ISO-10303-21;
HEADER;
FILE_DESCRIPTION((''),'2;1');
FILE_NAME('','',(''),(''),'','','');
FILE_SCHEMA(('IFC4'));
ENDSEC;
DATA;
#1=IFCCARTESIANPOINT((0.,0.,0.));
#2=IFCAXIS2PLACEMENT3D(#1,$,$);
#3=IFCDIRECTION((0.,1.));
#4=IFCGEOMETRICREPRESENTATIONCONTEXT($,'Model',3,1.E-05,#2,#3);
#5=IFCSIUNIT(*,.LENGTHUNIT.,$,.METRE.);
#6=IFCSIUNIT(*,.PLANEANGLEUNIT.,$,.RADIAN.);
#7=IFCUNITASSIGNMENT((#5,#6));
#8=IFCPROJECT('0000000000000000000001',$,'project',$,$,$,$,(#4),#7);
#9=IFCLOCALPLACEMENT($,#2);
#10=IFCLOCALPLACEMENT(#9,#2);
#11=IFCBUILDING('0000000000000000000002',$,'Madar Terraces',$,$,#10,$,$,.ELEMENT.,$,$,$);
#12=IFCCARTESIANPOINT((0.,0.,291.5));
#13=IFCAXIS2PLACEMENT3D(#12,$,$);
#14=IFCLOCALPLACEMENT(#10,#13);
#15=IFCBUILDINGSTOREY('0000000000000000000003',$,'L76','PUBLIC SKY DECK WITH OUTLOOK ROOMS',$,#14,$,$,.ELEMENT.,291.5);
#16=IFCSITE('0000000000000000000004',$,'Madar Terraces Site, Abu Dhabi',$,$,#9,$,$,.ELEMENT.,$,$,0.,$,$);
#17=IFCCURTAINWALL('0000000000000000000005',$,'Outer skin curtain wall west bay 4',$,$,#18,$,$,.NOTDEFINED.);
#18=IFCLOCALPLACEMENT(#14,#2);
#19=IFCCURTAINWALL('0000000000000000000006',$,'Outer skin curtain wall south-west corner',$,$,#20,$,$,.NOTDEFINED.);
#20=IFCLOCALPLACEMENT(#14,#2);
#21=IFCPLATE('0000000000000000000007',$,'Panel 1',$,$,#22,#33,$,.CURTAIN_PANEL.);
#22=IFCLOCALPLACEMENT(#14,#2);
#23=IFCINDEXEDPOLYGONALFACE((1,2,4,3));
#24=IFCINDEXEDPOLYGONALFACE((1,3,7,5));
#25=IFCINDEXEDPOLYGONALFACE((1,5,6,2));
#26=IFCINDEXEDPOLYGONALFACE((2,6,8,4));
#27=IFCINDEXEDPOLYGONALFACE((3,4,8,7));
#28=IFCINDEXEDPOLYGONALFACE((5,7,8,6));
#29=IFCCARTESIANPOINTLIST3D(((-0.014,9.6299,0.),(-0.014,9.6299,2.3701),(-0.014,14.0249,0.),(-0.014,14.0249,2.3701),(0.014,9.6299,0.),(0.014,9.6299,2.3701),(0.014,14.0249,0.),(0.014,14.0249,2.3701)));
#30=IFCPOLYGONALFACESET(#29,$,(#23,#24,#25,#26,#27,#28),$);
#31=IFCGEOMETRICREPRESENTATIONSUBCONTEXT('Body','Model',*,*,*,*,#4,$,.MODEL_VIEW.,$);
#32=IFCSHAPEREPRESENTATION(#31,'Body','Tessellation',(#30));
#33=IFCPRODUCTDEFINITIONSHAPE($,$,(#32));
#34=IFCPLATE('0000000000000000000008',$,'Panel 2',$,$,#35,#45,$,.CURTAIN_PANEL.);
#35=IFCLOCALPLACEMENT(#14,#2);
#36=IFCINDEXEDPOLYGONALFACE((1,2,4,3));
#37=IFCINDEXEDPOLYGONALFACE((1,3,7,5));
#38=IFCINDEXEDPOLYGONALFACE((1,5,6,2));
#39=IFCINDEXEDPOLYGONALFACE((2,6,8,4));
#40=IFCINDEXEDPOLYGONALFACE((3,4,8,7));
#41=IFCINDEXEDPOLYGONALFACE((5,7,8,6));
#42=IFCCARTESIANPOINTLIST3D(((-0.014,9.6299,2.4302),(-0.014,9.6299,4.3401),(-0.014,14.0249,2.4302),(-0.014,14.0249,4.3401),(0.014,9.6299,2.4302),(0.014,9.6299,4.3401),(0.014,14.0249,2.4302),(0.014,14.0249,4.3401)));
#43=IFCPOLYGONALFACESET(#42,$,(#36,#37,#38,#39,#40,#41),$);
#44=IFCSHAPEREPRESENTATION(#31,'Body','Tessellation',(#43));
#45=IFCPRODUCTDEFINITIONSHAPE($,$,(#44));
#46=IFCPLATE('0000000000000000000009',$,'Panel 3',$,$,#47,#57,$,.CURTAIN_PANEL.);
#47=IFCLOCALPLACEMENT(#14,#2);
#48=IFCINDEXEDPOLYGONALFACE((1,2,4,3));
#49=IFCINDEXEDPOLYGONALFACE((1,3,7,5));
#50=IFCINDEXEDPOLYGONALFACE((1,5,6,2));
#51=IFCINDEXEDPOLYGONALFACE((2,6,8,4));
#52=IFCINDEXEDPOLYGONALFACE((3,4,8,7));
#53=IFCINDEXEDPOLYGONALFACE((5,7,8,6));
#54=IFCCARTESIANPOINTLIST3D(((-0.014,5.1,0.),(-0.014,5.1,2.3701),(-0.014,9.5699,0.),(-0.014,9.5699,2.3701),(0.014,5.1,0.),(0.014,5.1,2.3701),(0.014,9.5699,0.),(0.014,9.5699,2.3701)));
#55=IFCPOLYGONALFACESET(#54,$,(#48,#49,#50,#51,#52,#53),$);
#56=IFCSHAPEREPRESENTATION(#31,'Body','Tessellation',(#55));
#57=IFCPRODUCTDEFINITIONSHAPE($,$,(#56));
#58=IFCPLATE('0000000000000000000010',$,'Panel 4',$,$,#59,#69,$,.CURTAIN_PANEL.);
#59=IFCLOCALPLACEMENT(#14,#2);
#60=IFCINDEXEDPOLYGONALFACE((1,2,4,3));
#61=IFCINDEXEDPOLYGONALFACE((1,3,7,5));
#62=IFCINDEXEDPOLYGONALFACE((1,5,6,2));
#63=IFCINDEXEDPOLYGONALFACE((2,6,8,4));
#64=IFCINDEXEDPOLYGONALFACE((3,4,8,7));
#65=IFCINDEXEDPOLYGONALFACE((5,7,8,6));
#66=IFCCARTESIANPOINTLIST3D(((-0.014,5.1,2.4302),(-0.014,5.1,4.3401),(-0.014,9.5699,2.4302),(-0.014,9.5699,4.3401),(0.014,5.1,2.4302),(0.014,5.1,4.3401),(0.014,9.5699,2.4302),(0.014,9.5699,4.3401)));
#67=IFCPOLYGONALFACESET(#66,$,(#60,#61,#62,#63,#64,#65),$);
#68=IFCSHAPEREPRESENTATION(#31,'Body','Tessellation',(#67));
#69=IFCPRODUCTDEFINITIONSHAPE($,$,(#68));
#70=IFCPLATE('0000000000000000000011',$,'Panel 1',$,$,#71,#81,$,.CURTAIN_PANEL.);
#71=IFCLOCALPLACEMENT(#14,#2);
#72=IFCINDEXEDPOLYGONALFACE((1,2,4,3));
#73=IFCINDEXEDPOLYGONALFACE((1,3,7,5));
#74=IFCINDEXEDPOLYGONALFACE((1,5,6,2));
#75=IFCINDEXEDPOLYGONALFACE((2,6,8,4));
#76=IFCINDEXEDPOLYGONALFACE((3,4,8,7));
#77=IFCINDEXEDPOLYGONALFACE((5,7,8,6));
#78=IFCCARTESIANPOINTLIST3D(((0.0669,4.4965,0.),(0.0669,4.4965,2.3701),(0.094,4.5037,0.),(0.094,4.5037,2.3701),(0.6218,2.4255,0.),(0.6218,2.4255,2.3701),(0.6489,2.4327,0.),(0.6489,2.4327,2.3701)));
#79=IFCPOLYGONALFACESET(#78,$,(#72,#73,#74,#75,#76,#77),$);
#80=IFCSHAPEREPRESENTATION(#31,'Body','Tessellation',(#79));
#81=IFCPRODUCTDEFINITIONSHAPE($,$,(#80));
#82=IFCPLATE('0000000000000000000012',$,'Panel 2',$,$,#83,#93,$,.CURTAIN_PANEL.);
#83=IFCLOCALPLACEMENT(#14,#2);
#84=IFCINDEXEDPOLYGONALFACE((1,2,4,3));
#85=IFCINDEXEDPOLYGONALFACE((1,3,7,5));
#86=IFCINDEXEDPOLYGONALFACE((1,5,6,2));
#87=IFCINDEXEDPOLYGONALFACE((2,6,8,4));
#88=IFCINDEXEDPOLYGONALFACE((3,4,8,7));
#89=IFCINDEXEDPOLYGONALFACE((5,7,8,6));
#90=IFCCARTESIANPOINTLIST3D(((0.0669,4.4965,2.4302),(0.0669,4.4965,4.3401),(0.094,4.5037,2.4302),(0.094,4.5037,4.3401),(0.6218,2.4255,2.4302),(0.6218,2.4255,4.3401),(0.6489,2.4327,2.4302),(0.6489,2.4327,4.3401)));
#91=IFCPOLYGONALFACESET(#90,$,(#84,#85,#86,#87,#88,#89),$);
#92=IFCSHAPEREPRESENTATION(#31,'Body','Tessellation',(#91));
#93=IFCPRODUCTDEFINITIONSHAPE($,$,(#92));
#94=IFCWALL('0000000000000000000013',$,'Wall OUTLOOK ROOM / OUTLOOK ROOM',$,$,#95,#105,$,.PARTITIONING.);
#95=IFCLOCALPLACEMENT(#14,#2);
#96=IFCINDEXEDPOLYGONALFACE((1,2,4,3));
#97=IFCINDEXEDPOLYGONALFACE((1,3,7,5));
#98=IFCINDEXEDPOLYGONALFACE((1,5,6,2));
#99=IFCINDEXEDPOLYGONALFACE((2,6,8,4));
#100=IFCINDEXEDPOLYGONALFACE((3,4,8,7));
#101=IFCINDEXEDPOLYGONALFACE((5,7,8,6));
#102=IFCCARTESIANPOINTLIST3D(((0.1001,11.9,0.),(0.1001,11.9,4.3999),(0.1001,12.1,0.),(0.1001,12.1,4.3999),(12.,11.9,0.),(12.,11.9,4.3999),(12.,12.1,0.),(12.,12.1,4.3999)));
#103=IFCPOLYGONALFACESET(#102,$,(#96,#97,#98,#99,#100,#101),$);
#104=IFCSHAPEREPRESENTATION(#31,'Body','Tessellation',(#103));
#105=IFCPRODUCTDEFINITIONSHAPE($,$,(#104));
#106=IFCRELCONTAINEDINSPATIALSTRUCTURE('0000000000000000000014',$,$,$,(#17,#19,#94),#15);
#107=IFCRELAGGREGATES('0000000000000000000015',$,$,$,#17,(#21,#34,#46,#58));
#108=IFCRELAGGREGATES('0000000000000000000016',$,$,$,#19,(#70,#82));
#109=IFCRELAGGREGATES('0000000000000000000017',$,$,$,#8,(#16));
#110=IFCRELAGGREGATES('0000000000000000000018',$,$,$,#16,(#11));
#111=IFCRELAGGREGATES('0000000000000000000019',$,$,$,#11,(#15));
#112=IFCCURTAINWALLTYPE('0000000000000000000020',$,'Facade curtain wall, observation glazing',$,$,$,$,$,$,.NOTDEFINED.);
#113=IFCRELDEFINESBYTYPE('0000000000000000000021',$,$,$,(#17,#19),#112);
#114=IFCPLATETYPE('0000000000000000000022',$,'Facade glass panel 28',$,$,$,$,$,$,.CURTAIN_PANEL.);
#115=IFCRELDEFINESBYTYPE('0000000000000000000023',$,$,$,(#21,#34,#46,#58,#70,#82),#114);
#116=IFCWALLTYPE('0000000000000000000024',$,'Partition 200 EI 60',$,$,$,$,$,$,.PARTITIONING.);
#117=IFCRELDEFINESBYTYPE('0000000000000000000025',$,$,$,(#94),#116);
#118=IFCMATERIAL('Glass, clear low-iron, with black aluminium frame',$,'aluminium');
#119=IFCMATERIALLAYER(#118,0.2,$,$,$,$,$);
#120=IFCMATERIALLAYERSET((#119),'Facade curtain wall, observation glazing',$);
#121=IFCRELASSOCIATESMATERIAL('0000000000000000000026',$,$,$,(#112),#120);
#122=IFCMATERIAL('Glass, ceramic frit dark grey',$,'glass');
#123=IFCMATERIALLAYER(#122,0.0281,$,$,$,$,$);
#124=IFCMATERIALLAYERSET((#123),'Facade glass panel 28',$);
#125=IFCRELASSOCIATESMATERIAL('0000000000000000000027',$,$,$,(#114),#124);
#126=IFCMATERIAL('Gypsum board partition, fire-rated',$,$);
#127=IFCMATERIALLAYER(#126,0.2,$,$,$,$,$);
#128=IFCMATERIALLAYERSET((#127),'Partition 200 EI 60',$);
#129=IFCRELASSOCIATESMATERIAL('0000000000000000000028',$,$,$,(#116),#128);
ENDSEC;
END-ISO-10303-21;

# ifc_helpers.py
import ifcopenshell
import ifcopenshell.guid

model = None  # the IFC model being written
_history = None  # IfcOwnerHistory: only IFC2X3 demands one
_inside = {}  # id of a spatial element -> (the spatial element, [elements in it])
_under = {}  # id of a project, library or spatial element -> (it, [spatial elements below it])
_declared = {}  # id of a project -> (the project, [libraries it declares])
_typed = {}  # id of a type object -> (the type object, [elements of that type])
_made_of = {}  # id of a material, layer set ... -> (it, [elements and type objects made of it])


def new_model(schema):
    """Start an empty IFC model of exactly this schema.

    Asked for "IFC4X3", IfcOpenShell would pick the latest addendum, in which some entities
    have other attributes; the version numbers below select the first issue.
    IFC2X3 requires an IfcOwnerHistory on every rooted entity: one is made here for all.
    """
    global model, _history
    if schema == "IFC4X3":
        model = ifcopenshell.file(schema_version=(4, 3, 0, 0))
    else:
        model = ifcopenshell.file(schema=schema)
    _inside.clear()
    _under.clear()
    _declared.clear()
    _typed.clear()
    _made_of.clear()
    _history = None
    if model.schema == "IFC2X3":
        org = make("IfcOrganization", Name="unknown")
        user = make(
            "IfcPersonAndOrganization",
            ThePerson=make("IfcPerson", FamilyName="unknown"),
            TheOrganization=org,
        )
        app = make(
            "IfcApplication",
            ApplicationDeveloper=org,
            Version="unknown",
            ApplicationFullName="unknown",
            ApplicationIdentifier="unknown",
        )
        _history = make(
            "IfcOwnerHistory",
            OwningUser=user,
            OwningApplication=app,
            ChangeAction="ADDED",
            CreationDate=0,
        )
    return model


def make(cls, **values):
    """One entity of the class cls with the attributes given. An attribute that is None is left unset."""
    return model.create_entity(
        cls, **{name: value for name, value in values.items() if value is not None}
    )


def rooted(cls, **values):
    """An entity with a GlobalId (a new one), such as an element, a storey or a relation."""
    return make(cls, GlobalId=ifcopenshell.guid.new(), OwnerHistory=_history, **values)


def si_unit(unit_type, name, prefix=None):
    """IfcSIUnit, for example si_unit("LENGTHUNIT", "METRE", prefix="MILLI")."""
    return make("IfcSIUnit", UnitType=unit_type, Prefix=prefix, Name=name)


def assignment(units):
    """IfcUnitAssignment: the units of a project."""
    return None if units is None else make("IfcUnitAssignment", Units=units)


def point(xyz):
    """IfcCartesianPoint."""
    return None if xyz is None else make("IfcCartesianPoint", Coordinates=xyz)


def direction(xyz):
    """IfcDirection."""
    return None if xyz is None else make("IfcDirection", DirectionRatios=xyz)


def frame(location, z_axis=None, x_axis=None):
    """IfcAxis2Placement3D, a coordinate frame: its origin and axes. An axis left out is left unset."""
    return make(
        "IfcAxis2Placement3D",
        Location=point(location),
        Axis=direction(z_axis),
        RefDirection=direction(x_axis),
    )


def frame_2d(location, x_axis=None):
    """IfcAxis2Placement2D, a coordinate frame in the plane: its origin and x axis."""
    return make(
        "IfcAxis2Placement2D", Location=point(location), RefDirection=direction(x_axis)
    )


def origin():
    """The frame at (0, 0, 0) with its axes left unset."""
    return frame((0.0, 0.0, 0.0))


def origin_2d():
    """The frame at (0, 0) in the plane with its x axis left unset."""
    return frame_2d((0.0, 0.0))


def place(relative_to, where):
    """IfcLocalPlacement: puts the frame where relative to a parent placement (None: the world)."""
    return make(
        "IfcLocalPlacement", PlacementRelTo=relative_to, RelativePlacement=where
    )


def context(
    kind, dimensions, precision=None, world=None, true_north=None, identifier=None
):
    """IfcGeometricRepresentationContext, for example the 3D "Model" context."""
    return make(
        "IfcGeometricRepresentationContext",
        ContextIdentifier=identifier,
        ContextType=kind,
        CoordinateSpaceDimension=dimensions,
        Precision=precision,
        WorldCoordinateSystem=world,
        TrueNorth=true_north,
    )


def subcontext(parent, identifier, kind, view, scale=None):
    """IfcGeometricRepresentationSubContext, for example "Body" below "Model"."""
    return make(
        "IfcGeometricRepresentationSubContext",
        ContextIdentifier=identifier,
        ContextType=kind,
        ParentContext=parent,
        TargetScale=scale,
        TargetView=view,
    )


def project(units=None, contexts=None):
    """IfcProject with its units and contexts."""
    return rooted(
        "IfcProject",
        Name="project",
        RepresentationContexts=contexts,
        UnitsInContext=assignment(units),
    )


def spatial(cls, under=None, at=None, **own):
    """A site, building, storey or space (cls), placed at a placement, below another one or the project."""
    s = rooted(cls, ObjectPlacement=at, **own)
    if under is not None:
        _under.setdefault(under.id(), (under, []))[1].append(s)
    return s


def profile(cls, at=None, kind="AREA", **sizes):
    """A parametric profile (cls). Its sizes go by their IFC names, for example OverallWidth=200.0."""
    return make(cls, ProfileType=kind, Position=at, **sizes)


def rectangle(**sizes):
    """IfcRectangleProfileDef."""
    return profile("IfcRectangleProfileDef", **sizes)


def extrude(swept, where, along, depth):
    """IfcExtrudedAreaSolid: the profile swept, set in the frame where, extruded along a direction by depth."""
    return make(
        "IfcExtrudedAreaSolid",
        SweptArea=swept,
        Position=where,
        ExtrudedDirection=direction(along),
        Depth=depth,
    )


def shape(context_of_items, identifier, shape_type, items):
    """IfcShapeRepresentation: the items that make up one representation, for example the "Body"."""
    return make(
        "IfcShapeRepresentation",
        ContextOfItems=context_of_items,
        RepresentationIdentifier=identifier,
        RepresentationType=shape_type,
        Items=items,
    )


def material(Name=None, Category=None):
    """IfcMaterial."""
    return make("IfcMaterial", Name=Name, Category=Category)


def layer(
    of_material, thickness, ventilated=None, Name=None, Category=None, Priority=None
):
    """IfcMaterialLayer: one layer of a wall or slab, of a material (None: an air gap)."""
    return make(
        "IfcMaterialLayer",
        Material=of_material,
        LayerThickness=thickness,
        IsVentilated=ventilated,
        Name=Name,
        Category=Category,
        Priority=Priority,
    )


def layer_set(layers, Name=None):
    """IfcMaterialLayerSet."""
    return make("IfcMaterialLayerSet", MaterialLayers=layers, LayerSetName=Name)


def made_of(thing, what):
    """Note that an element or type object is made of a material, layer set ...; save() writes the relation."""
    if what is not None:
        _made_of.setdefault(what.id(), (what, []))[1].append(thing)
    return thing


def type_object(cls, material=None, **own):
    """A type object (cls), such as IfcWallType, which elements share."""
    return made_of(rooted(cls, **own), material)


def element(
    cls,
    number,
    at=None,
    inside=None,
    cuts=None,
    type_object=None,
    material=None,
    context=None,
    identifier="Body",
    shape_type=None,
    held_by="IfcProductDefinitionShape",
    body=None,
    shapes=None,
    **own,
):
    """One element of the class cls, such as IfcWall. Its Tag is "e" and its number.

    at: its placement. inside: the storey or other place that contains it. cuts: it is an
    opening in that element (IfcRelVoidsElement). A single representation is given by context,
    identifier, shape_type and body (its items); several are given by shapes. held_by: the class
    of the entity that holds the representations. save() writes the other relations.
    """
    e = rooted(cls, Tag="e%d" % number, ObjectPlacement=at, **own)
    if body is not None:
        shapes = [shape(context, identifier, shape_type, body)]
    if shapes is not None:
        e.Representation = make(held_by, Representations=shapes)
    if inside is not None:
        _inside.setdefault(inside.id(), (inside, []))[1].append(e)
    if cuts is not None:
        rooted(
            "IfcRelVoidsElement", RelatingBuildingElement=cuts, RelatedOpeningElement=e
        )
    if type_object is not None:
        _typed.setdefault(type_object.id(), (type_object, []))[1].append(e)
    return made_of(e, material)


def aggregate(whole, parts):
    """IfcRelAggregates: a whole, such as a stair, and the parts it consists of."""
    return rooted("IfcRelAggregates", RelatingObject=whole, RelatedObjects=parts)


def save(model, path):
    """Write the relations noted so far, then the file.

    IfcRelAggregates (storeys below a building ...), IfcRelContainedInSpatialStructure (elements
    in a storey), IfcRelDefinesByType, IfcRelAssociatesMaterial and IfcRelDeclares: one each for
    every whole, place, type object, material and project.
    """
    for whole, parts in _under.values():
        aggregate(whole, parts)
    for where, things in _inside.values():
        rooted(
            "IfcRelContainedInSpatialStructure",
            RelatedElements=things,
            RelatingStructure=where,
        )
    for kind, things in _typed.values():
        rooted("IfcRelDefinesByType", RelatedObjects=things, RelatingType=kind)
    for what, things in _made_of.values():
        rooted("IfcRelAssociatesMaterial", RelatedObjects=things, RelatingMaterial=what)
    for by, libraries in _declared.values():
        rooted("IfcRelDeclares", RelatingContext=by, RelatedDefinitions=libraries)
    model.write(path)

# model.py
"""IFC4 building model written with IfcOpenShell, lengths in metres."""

from ifc_helpers import new_model, si_unit, direction, frame, frame_2d, origin, origin_2d, place, context, subcontext, project, spatial, rectangle, extrude, material, layer, layer_set, type_object, element, aggregate, save


model = new_model("IFC4")

# Units and contexts
model_context = context("Model", 3, precision=1e-05, world=origin(), true_north=direction((0.0, 1.0)))
body_context = subcontext(model_context, "Body", "Model", "MODEL_VIEW")
ifc_project = project(units=[si_unit("LENGTHUNIT", "METRE"), si_unit("PLANEANGLEUNIT", "RADIAN")], contexts=[model_context])

# Site, building, storey
site_placement = place(None, origin())
site = spatial("IfcSite", under=ifc_project, at=site_placement, Name="Madar Terraces Site, Abu Dhabi", CompositionType="ELEMENT", RefElevation=0.0)
building_placement = place(site_placement, origin())
building = spatial("IfcBuilding", under=site, at=building_placement, Name="Madar Terraces", CompositionType="ELEMENT")
storey_placement = place(building_placement, frame((0.0, 0.0, 291.5)))
storey = spatial("IfcBuildingStorey", under=building, at=storey_placement, Name="L76", Description="PUBLIC SKY DECK WITH OUTLOOK ROOMS", CompositionType="ELEMENT", Elevation=291.5)

# Curtain wall
ifc_material_1 = material(Name="Glass, clear low-iron, with black aluminium frame", Category="aluminium")
ifc_layer_1 = layer(ifc_material_1, 0.2)
ifc_layer_set_1 = layer_set([ifc_layer_1], Name="Facade curtain wall, observation glazing")
curtain_wall_type = type_object("IfcCurtainWallType", Name="Facade curtain wall, observation glazing", PredefinedType="NOTDEFINED", material=ifc_layer_set_1)
curtain_wall_1_placement = place(storey_placement, origin())
curtain_wall_1 = element("IfcCurtainWall", 1, at=curtain_wall_1_placement, inside=storey, type_object=curtain_wall_type, Name="Outer skin curtain wall west bay 4", PredefinedType="NOTDEFINED")

# Curtain wall
curtain_wall_2_placement = place(storey_placement, origin())
curtain_wall_2 = element("IfcCurtainWall", 2, at=curtain_wall_2_placement, inside=storey, type_object=curtain_wall_type, Name="Outer skin curtain wall south-west corner", PredefinedType="NOTDEFINED")

# Plates
ifc_material_2 = material(Name="Glass, ceramic frit dark grey", Category="glass")
ifc_layer_2 = layer(ifc_material_2, 0.0281)
ifc_layer_set_2 = layer_set([ifc_layer_2], Name="Facade glass panel 28")
plate_type = type_object("IfcPlateType", Name="Facade glass panel 28", PredefinedType="CURTAIN_PANEL", material=ifc_layer_set_2)
plate_1_placement = place(storey_placement, frame((0.0, 11.8274, 0.0), z_axis=(0.0, 0.0, 1.0), x_axis=(0.0, -1.0, 0.0)))
plate_1 = element("IfcPlate", 3, at=plate_1_placement, type_object=plate_type, Name="Panel 1", PredefinedType="CURTAIN_PANEL", context=body_context, shape_type="SweptSolid", body=[
    extrude(rectangle(XDim=4.395, YDim=0.0281, at=origin_2d()), origin(), (0.0, 0.0, 1.0), 2.3701),
])
plate_2_placement = place(storey_placement, frame((0.0, 11.8274, 2.4302), z_axis=(0.0, 0.0, 1.0), x_axis=(0.0, -1.0, 0.0)))
plate_2 = element("IfcPlate", 4, at=plate_2_placement, type_object=plate_type, Name="Panel 2", PredefinedType="CURTAIN_PANEL", context=body_context, shape_type="SweptSolid", body=[
    extrude(rectangle(XDim=4.395, YDim=0.0281, at=origin_2d()), origin(), (0.0, 0.0, 1.0), 1.9099),
])
plate_3_placement = place(storey_placement, frame((0.0, 7.335, 0.0), z_axis=(0.0, 0.0, 1.0), x_axis=(0.0, -1.0, 0.0)))
plate_3 = element("IfcPlate", 5, at=plate_3_placement, type_object=plate_type, Name="Panel 3", PredefinedType="CURTAIN_PANEL", context=body_context, shape_type="SweptSolid", body=[
    extrude(rectangle(XDim=4.47, YDim=0.0281, at=origin_2d()), origin(), (0.0, 0.0, 1.0), 2.3701),
])
plate_4_placement = place(storey_placement, frame((0.0, 7.335, 2.4302), z_axis=(0.0, 0.0, 1.0), x_axis=(0.0, -1.0, 0.0)))
plate_4 = element("IfcPlate", 6, at=plate_4_placement, type_object=plate_type, Name="Panel 4", PredefinedType="CURTAIN_PANEL", context=body_context, shape_type="SweptSolid", body=[
    extrude(rectangle(XDim=4.47, YDim=0.0281, at=origin_2d()), origin(), (0.0, 0.0, 1.0), 1.9099),
])
aggregate(curtain_wall_1, [plate_1, plate_2, plate_3, plate_4])
plate_5_placement = place(storey_placement, frame((0.3579, 3.4646, 0.0), z_axis=(0.0, 0.0, 1.0), x_axis=(0.258819, -0.965926, 0.0)))
plate_5 = element("IfcPlate", 7, at=plate_5_placement, type_object=plate_type, Name="Panel 1", PredefinedType="CURTAIN_PANEL", context=body_context, shape_type="SweptSolid", body=[
    extrude(rectangle(XDim=2.144, YDim=0.0281, at=origin_2d()), origin(), (0.0, 0.0, 1.0), 2.3701),
])
plate_6_placement = place(storey_placement, frame((0.3579, 3.4646, 2.4302), z_axis=(0.0, 0.0, 1.0), x_axis=(0.258819, -0.965926, 0.0)))
plate_6 = element("IfcPlate", 8, at=plate_6_placement, type_object=plate_type, Name="Panel 2", PredefinedType="CURTAIN_PANEL", context=body_context, shape_type="SweptSolid", body=[
    extrude(rectangle(XDim=2.144, YDim=0.0281, at=origin_2d()), origin(), (0.0, 0.0, 1.0), 1.9099),
])
aggregate(curtain_wall_2, [plate_5, plate_6])

# Wall
ifc_material_3 = material(Name="Gypsum board partition, fire-rated")
ifc_layer_3 = layer(ifc_material_3, 0.2)
ifc_layer_set_3 = layer_set([ifc_layer_3], Name="Partition 200 EI 60")
wall_type = type_object("IfcWallType", Name="Partition 200 EI 60", PredefinedType="PARTITIONING", material=ifc_layer_set_3)
wall_placement = place(storey_placement, frame((0.1001, 12.0, 0.0), z_axis=(0.0, 0.0, 1.0), x_axis=(1.0, 0.0, 0.0)))
element("IfcWall", 9, at=wall_placement, inside=storey, type_object=wall_type, Name="Wall OUTLOOK ROOM / OUTLOOK ROOM", PredefinedType="PARTITIONING", context=body_context, shape_type="SweptSolid", body=[
    extrude(rectangle(XDim=11.8999, YDim=0.2, at=frame_2d((5.95, 0.0))), origin(), (0.0, 0.0, 1.0), 4.3999),
])

save(model, "model.ifc")
